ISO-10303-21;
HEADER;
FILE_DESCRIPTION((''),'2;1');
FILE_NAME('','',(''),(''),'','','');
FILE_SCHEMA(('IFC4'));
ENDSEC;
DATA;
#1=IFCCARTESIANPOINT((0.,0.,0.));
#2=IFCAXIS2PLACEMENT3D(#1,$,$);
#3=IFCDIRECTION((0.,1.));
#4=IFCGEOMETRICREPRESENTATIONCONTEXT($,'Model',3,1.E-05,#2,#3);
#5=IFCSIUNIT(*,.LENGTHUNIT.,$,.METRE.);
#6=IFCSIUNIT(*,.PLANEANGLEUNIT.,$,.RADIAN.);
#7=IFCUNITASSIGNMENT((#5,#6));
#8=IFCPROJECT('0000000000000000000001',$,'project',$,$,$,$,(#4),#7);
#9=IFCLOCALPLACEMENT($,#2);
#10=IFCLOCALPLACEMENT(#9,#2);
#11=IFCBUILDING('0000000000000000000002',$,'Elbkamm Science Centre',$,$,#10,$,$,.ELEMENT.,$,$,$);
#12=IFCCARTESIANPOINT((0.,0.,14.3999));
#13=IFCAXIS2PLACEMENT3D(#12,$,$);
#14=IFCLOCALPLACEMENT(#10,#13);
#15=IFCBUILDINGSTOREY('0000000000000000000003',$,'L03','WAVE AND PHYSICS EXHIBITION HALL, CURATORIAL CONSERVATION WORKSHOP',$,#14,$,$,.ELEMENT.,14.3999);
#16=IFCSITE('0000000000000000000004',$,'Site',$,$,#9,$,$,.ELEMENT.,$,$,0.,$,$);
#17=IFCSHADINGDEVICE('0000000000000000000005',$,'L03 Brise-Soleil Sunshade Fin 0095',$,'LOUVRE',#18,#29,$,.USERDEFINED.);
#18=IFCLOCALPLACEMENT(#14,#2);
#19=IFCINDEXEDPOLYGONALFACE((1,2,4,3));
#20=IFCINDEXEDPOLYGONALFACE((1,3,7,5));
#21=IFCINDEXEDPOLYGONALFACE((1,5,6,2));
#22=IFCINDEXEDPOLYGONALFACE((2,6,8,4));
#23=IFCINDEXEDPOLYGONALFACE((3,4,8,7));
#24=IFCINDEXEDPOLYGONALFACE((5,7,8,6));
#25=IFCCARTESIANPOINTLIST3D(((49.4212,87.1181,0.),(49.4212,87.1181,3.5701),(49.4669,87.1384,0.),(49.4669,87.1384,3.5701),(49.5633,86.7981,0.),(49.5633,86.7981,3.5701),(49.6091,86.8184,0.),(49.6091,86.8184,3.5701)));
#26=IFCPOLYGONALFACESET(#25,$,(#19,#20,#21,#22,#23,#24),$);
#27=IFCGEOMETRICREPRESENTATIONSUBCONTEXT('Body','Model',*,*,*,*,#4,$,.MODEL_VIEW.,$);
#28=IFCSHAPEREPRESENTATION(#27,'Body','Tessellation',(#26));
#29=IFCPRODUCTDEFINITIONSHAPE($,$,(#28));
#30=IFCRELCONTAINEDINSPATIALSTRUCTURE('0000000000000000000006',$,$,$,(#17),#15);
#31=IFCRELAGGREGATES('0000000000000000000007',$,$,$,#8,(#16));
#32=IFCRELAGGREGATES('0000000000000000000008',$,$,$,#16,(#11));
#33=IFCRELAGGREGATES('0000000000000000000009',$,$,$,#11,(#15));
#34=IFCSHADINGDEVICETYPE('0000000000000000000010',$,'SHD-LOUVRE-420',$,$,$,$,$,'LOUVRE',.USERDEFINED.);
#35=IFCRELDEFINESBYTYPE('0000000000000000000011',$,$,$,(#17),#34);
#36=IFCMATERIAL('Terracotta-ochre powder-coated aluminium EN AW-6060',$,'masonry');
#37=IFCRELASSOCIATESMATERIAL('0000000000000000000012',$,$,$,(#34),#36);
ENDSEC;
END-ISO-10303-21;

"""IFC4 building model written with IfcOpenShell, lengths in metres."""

from ifc_helpers import new_model, si_unit, direction, frame, origin, origin_2d, place, context, subcontext, project, spatial, rectangle, extrude, material, type_object, element, save


model = new_model("IFC4")

# Units and contexts
model_context = context("Model", 3, precision=1e-05, world=origin(), true_north=direction((0.0, 1.0)))
body_context = subcontext(model_context, "Body", "Model", "MODEL_VIEW")
ifc_project = project(units=[si_unit("LENGTHUNIT", "METRE"), si_unit("PLANEANGLEUNIT", "RADIAN")], contexts=[model_context])

# Site, building, storey
site_placement = place(None, origin())
site = spatial("IfcSite", under=ifc_project, at=site_placement, Name="Site", CompositionType="ELEMENT", RefElevation=0.0)
building_placement = place(site_placement, origin())
building = spatial("IfcBuilding", under=site, at=building_placement, Name="Elbkamm Science Centre", CompositionType="ELEMENT")
storey_placement = place(building_placement, frame((0.0, 0.0, 14.3999)))
storey = spatial("IfcBuildingStorey", under=building, at=storey_placement, Name="L03", Description="WAVE AND PHYSICS EXHIBITION HALL, CURATORIAL CONSERVATION WORKSHOP", CompositionType="ELEMENT", Elevation=14.3999)

# Shading device
ifc_material_1 = material(Name="Terracotta-ochre powder-coated aluminium EN AW-6060", Category="masonry")
shading_device_type = type_object("IfcShadingDeviceType", Name="SHD-LOUVRE-420", ElementType="LOUVRE", PredefinedType="USERDEFINED", material=ifc_material_1)
shading_device_placement = place(storey_placement, frame((49.5151, 86.9683, 0.0), z_axis=(0.0, 0.0, 1.0), x_axis=(-0.405944, 0.913898, 0.0)))
element("IfcShadingDevice", 1, at=shading_device_placement, inside=storey, type_object=shading_device_type, Name="L03 Brise-Soleil Sunshade Fin 0095", ObjectType="LOUVRE", PredefinedType="USERDEFINED", context=body_context, shape_type="SweptSolid", body=[
    extrude(rectangle(XDim=0.3501, YDim=0.05, at=origin_2d()), origin(), (0.0, 0.0, 1.0), 3.5701),
])

save(model, "model.ifc")
